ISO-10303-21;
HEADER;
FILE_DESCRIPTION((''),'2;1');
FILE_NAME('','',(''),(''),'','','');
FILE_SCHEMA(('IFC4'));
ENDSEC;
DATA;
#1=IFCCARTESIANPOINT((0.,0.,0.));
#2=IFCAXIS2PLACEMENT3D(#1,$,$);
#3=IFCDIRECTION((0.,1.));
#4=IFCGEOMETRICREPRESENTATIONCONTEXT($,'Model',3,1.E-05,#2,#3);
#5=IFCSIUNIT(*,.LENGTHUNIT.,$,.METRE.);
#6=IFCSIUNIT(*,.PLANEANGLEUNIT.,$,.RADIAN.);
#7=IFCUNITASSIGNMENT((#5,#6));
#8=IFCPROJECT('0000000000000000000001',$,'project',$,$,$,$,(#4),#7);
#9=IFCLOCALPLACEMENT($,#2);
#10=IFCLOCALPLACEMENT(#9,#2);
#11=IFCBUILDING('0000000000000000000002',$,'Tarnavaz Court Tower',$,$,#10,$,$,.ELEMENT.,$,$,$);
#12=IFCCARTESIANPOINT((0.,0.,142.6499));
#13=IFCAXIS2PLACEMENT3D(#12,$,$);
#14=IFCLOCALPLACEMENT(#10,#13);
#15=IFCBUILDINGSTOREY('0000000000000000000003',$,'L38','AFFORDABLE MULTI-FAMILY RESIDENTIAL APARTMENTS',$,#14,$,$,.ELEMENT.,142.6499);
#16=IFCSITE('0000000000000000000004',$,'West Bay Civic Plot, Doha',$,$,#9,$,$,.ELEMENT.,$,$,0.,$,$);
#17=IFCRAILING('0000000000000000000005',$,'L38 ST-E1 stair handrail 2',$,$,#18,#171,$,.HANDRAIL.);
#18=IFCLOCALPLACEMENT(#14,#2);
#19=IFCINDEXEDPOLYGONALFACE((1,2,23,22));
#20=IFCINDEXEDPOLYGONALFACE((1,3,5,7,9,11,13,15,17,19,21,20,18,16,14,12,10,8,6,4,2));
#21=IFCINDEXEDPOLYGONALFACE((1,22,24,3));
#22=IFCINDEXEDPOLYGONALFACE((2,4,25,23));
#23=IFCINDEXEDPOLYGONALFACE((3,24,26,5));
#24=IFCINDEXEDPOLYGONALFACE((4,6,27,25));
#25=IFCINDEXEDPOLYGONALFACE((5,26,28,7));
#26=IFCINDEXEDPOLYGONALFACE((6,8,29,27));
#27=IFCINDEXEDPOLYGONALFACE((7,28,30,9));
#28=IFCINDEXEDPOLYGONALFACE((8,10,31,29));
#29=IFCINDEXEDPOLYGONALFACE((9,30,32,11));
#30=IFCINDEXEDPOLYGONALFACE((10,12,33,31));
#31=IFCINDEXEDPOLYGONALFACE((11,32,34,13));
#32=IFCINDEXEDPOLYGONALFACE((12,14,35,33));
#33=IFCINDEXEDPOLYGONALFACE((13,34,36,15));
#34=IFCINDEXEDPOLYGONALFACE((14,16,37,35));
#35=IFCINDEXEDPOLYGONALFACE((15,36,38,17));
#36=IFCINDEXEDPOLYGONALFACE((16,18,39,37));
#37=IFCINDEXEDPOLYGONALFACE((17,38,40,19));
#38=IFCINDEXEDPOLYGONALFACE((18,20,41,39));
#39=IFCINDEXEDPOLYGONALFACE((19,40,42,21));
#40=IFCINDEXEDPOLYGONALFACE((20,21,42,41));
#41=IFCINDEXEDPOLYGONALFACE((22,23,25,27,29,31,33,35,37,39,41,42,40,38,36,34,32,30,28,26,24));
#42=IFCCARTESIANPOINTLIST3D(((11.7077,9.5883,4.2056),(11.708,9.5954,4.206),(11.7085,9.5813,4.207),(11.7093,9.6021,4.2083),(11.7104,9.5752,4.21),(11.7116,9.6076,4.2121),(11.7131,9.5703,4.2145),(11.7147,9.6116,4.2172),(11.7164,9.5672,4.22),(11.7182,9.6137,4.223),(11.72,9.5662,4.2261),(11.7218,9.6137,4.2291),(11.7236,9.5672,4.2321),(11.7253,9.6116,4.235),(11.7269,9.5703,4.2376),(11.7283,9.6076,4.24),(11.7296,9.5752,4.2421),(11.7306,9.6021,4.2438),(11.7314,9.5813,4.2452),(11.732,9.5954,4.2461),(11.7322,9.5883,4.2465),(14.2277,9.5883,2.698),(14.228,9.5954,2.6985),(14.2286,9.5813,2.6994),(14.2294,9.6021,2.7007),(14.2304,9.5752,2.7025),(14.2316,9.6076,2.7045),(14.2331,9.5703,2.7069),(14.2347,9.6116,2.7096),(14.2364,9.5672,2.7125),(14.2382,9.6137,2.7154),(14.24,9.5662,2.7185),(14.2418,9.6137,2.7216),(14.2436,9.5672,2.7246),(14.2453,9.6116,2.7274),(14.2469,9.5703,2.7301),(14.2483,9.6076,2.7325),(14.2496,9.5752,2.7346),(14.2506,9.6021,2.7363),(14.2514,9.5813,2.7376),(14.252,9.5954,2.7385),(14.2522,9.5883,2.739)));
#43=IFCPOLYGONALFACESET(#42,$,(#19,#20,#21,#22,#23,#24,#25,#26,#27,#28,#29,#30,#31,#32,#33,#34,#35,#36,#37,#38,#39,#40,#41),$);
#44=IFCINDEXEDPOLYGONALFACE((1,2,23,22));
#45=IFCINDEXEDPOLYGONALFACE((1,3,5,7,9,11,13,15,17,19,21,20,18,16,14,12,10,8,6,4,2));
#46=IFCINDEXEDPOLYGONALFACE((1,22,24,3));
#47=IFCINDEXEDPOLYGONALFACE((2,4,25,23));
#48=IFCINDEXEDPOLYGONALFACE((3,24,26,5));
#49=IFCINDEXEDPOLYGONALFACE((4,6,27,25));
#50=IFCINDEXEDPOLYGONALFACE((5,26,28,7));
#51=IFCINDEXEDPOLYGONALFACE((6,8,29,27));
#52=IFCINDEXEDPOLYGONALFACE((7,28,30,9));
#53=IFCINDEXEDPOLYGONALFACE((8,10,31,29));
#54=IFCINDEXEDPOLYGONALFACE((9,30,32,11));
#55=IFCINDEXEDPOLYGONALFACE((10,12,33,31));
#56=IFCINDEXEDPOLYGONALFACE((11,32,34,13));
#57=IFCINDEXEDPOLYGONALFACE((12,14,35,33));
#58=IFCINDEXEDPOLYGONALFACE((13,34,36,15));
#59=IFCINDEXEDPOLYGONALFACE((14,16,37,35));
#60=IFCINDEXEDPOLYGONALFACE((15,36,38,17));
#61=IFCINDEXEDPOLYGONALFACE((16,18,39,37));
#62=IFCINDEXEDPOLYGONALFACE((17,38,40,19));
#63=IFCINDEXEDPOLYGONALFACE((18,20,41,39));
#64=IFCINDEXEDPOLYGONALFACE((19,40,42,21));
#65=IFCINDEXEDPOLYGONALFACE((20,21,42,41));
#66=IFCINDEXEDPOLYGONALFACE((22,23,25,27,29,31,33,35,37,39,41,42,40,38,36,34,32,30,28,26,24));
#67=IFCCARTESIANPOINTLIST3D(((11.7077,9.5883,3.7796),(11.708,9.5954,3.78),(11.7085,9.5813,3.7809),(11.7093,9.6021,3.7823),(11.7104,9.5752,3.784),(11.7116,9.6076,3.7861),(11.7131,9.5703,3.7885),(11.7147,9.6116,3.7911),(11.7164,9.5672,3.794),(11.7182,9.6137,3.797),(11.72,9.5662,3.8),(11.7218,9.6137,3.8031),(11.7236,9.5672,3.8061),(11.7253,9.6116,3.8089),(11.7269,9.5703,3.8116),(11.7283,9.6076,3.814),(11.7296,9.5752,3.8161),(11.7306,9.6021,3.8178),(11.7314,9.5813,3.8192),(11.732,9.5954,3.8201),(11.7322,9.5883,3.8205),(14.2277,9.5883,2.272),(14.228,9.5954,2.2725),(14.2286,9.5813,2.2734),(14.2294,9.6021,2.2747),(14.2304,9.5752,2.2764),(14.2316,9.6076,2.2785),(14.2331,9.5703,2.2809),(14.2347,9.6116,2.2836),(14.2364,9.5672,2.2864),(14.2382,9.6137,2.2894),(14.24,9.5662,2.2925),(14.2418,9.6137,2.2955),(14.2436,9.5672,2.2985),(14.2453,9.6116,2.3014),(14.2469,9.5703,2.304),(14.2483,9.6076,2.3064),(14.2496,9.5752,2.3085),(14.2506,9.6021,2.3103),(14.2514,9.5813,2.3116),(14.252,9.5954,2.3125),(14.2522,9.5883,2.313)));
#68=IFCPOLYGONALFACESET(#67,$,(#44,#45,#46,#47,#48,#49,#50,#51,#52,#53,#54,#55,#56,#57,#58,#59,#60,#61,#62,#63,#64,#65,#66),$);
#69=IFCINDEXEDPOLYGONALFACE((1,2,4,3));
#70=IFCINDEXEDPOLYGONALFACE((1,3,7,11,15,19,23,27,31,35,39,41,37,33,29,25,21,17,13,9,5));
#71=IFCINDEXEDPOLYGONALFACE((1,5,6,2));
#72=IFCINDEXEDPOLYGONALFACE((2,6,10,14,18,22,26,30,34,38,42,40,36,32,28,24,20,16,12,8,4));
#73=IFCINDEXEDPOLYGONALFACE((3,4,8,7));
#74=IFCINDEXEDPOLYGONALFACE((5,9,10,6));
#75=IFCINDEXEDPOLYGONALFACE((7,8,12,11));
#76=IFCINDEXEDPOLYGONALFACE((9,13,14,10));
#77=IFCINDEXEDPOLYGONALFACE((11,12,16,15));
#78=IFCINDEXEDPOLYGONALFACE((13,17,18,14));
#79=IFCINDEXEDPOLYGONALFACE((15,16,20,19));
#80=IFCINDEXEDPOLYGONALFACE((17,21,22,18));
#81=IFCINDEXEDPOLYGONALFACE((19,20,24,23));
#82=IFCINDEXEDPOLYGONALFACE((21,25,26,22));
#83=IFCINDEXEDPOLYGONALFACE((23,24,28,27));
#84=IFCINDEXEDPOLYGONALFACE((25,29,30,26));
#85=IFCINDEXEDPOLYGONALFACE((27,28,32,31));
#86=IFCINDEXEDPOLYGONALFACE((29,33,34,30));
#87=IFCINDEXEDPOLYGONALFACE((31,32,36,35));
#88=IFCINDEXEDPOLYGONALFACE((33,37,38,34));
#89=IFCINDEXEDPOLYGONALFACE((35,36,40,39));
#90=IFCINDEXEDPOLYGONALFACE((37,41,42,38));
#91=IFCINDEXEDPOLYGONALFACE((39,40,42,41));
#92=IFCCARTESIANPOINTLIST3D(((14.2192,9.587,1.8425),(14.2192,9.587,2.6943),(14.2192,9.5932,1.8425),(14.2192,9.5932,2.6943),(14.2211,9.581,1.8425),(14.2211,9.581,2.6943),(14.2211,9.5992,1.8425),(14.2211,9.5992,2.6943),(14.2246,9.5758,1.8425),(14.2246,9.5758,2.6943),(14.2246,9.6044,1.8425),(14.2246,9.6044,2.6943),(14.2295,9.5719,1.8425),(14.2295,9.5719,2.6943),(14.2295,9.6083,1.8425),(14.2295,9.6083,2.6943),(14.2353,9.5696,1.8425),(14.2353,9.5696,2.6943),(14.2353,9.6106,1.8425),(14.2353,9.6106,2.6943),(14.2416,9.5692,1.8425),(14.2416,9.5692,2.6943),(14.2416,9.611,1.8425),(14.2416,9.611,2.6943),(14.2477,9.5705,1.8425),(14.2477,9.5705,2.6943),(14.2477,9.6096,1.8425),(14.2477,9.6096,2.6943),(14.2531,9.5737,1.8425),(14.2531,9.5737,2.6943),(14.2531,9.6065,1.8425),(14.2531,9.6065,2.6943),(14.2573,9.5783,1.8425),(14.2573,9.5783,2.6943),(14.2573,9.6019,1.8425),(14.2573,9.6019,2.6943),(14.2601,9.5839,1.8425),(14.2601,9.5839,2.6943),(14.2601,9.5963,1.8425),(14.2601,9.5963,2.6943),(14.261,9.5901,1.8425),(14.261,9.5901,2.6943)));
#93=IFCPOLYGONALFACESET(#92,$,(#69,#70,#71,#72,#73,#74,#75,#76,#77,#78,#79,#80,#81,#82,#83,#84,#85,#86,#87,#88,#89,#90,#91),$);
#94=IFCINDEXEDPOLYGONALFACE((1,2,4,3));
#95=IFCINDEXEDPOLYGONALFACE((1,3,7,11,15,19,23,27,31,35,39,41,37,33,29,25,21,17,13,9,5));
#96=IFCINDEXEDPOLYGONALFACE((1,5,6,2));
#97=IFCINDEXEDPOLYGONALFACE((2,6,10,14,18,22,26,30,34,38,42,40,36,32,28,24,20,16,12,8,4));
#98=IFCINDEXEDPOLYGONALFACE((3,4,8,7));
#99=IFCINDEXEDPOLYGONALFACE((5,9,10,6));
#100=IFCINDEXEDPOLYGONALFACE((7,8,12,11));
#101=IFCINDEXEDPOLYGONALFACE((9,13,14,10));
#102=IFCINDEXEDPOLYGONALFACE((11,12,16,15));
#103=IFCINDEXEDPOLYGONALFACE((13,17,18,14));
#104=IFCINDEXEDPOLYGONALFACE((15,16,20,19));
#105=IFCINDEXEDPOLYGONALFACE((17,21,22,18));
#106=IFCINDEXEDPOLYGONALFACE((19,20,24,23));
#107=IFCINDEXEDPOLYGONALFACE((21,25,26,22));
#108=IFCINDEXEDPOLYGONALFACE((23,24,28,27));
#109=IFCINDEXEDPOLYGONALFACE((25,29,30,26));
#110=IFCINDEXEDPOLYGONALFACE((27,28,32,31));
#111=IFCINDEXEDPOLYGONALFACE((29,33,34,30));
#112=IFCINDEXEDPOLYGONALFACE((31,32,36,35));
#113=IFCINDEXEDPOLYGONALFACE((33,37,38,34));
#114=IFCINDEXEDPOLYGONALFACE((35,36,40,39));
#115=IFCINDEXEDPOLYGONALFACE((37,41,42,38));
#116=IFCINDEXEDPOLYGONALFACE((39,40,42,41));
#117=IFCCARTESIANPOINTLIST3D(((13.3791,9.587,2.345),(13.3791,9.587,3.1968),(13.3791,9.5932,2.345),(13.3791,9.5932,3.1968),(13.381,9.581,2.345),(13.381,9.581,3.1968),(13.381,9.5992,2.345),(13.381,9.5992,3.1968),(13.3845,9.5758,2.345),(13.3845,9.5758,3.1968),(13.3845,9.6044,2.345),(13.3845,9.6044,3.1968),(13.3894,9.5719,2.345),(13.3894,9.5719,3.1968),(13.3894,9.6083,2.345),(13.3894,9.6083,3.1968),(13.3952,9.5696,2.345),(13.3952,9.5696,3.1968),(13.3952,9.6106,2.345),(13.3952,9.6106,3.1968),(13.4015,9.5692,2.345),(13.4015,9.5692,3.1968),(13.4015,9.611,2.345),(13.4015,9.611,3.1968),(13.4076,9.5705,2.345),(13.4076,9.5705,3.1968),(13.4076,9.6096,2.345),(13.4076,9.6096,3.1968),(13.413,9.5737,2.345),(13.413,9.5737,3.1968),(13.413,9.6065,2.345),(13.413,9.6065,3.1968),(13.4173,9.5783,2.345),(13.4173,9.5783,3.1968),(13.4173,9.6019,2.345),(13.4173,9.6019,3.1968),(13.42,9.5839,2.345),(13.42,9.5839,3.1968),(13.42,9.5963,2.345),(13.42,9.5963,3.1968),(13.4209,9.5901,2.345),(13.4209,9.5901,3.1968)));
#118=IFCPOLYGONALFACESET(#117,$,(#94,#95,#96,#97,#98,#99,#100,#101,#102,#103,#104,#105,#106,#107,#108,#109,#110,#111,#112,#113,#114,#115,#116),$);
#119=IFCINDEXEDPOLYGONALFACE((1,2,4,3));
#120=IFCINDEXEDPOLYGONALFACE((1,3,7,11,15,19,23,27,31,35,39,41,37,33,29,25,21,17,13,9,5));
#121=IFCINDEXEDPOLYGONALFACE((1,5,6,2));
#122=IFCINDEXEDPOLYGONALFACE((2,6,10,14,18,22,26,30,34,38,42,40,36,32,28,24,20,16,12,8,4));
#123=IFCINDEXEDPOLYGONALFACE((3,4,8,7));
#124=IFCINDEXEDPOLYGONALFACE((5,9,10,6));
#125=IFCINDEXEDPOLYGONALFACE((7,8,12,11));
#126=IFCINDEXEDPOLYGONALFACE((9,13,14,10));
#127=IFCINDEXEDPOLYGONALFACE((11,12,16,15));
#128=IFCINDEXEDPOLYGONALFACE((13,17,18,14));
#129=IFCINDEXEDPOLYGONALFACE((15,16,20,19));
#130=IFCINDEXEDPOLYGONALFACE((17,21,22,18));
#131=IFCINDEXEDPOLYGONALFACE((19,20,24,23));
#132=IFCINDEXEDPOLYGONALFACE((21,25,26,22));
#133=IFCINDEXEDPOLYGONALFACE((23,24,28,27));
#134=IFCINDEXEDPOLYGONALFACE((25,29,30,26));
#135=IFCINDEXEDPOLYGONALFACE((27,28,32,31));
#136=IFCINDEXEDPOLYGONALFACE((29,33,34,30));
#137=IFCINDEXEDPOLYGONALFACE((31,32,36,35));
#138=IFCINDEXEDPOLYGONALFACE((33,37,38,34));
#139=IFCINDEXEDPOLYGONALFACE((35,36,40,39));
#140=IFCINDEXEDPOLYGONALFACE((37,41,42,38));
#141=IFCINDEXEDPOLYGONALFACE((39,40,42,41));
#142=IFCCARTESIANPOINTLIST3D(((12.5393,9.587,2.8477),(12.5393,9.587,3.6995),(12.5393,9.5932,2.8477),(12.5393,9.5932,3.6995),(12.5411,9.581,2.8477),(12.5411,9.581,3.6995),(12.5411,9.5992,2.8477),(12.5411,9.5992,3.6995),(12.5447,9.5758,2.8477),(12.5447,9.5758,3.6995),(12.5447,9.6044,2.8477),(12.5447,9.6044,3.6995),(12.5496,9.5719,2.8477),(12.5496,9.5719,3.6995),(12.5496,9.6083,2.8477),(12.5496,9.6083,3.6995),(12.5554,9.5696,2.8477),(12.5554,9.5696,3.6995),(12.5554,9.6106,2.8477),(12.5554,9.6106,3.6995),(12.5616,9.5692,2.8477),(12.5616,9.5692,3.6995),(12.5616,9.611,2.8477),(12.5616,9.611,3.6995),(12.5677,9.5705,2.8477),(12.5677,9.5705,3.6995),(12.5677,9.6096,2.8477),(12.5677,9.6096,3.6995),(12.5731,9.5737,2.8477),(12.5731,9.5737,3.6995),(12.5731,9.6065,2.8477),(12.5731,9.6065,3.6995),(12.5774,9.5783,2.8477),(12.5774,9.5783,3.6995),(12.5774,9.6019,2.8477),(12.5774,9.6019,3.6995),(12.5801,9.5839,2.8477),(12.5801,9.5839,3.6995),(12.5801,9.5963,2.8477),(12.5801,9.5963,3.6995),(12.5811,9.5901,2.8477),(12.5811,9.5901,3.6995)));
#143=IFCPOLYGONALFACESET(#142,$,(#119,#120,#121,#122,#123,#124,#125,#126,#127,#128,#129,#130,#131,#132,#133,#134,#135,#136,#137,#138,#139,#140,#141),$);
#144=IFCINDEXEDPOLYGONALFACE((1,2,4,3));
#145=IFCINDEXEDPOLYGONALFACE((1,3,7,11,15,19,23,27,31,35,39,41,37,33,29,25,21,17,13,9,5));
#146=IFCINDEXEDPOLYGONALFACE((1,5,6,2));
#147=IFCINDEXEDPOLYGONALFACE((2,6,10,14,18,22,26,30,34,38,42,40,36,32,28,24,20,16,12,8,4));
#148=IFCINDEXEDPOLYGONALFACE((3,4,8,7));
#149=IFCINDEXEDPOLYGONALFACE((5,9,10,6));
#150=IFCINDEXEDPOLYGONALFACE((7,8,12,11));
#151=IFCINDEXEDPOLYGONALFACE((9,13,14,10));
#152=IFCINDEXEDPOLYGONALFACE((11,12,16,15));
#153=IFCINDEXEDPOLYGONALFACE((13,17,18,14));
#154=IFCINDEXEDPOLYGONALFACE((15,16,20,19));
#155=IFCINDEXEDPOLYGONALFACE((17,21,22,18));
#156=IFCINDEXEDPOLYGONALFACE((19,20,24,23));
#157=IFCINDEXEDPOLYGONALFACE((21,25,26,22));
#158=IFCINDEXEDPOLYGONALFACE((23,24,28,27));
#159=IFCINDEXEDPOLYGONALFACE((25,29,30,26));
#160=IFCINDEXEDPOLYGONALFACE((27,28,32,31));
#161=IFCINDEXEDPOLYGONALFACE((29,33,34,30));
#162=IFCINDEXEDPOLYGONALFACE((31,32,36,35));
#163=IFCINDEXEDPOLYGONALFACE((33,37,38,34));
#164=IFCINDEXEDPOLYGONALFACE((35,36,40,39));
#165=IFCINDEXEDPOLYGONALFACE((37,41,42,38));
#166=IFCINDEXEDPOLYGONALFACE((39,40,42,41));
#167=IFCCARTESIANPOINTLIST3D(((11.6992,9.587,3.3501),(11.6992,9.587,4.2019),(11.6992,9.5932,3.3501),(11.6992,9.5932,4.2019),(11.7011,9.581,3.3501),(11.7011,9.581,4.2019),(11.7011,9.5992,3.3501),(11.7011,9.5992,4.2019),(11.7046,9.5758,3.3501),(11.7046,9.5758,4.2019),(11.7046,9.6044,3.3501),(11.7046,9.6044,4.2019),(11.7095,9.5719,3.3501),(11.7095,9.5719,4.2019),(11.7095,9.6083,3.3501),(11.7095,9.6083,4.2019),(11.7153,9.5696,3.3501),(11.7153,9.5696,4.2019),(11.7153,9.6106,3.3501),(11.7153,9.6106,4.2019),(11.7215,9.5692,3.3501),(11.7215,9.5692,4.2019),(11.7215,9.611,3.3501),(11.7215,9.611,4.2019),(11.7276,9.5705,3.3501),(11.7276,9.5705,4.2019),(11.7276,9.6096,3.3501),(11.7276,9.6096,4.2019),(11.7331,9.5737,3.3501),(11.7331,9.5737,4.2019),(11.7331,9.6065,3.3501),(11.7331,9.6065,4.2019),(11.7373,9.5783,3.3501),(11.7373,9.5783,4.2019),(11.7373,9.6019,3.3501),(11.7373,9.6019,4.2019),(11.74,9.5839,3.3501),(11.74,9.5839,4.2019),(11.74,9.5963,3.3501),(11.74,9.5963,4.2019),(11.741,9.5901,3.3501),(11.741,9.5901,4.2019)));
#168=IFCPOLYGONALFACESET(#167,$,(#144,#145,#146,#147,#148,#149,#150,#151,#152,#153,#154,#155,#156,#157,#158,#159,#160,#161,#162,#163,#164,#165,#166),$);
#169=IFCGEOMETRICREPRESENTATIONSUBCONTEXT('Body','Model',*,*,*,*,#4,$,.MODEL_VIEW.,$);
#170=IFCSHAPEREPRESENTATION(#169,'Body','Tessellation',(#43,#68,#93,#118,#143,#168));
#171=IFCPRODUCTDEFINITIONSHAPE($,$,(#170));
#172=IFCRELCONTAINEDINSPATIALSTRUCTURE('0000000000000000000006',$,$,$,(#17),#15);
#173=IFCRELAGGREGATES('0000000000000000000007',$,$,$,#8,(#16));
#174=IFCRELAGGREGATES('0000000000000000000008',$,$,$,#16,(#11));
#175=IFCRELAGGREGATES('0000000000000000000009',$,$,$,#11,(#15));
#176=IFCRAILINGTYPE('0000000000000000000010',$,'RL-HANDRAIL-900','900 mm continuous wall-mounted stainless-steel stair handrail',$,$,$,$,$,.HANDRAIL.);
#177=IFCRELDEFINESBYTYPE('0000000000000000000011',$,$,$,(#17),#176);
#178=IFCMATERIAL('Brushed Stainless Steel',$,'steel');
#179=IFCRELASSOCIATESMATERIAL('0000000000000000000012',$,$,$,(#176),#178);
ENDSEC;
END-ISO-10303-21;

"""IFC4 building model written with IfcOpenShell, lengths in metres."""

from ifc_helpers import new_model, si_unit, direction, frame, origin, origin_2d, place, context, subcontext, project, spatial, circle, extrude, material, type_object, element, save


model = new_model("IFC4")

# Units and contexts
model_context = context("Model", 3, precision=1e-05, world=origin(), true_north=direction((0.0, 1.0)))
body_context = subcontext(model_context, "Body", "Model", "MODEL_VIEW")
ifc_project = project(units=[si_unit("LENGTHUNIT", "METRE"), si_unit("PLANEANGLEUNIT", "RADIAN")], contexts=[model_context])

# Site, building, storey
site_placement = place(None, origin())
site = spatial("IfcSite", under=ifc_project, at=site_placement, Name="West Bay Civic Plot, Doha", CompositionType="ELEMENT", RefElevation=0.0)
building_placement = place(site_placement, origin())
building = spatial("IfcBuilding", under=site, at=building_placement, Name="Tarnavaz Court Tower", CompositionType="ELEMENT")
storey_placement = place(building_placement, frame((0.0, 0.0, 142.6499)))
storey = spatial("IfcBuildingStorey", under=building, at=storey_placement, Name="L38", Description="AFFORDABLE MULTI-FAMILY RESIDENTIAL APARTMENTS", CompositionType="ELEMENT", Elevation=142.6499)

# Railing
ifc_material_1 = material(Name="Brushed Stainless Steel", Category="steel")
railing_type_1 = type_object("IfcRailingType", Name="RL-HANDRAIL-900", Description="900 mm continuous wall-mounted stainless-steel stair handrail", PredefinedType="HANDRAIL", material=ifc_material_1)
railing_1_placement = place(storey_placement, frame((14.24, 9.5901, 1.8425)))
element("IfcRailing", 1, at=railing_1_placement, inside=storey, type_object=railing_type_1, Name="L38 ST-E1 stair handrail 2", PredefinedType="HANDRAIL", context=body_context, shape_type="SweptSolid", body=[
    extrude(circle(Radius=0.0239, at=origin_2d()), frame((0.0, 0.0, 0.876), z_axis=(-0.85816, 0.0, 0.513383), x_axis=(0.0, -1.0, 0.0)), (0.0, 0.0, 1.0), 2.9365),
    extrude(circle(Radius=0.0239, at=origin_2d()), frame((0.0, 0.0, 0.45), z_axis=(-0.85816, 0.0, 0.513383), x_axis=(0.0, -1.0, 0.0)), (0.0, 0.0, 1.0), 2.9365),
    extrude(circle(Radius=0.021, at=origin_2d()), origin(), (0.0, 0.0, 1.0), 0.8518),
    extrude(circle(Radius=0.021, at=origin_2d()), frame((-0.8401, 0.0, 0.5024)), (0.0, 0.0, 1.0), 0.8518),
    extrude(circle(Radius=0.021, at=origin_2d()), frame((-1.6799, 0.0, 1.0051)), (0.0, 0.0, 1.0), 0.8518),
    extrude(circle(Radius=0.021, at=origin_2d()), frame((-2.52, 0.0, 1.5076)), (0.0, 0.0, 1.0), 0.8518),
])

save(model, "model.ifc")
